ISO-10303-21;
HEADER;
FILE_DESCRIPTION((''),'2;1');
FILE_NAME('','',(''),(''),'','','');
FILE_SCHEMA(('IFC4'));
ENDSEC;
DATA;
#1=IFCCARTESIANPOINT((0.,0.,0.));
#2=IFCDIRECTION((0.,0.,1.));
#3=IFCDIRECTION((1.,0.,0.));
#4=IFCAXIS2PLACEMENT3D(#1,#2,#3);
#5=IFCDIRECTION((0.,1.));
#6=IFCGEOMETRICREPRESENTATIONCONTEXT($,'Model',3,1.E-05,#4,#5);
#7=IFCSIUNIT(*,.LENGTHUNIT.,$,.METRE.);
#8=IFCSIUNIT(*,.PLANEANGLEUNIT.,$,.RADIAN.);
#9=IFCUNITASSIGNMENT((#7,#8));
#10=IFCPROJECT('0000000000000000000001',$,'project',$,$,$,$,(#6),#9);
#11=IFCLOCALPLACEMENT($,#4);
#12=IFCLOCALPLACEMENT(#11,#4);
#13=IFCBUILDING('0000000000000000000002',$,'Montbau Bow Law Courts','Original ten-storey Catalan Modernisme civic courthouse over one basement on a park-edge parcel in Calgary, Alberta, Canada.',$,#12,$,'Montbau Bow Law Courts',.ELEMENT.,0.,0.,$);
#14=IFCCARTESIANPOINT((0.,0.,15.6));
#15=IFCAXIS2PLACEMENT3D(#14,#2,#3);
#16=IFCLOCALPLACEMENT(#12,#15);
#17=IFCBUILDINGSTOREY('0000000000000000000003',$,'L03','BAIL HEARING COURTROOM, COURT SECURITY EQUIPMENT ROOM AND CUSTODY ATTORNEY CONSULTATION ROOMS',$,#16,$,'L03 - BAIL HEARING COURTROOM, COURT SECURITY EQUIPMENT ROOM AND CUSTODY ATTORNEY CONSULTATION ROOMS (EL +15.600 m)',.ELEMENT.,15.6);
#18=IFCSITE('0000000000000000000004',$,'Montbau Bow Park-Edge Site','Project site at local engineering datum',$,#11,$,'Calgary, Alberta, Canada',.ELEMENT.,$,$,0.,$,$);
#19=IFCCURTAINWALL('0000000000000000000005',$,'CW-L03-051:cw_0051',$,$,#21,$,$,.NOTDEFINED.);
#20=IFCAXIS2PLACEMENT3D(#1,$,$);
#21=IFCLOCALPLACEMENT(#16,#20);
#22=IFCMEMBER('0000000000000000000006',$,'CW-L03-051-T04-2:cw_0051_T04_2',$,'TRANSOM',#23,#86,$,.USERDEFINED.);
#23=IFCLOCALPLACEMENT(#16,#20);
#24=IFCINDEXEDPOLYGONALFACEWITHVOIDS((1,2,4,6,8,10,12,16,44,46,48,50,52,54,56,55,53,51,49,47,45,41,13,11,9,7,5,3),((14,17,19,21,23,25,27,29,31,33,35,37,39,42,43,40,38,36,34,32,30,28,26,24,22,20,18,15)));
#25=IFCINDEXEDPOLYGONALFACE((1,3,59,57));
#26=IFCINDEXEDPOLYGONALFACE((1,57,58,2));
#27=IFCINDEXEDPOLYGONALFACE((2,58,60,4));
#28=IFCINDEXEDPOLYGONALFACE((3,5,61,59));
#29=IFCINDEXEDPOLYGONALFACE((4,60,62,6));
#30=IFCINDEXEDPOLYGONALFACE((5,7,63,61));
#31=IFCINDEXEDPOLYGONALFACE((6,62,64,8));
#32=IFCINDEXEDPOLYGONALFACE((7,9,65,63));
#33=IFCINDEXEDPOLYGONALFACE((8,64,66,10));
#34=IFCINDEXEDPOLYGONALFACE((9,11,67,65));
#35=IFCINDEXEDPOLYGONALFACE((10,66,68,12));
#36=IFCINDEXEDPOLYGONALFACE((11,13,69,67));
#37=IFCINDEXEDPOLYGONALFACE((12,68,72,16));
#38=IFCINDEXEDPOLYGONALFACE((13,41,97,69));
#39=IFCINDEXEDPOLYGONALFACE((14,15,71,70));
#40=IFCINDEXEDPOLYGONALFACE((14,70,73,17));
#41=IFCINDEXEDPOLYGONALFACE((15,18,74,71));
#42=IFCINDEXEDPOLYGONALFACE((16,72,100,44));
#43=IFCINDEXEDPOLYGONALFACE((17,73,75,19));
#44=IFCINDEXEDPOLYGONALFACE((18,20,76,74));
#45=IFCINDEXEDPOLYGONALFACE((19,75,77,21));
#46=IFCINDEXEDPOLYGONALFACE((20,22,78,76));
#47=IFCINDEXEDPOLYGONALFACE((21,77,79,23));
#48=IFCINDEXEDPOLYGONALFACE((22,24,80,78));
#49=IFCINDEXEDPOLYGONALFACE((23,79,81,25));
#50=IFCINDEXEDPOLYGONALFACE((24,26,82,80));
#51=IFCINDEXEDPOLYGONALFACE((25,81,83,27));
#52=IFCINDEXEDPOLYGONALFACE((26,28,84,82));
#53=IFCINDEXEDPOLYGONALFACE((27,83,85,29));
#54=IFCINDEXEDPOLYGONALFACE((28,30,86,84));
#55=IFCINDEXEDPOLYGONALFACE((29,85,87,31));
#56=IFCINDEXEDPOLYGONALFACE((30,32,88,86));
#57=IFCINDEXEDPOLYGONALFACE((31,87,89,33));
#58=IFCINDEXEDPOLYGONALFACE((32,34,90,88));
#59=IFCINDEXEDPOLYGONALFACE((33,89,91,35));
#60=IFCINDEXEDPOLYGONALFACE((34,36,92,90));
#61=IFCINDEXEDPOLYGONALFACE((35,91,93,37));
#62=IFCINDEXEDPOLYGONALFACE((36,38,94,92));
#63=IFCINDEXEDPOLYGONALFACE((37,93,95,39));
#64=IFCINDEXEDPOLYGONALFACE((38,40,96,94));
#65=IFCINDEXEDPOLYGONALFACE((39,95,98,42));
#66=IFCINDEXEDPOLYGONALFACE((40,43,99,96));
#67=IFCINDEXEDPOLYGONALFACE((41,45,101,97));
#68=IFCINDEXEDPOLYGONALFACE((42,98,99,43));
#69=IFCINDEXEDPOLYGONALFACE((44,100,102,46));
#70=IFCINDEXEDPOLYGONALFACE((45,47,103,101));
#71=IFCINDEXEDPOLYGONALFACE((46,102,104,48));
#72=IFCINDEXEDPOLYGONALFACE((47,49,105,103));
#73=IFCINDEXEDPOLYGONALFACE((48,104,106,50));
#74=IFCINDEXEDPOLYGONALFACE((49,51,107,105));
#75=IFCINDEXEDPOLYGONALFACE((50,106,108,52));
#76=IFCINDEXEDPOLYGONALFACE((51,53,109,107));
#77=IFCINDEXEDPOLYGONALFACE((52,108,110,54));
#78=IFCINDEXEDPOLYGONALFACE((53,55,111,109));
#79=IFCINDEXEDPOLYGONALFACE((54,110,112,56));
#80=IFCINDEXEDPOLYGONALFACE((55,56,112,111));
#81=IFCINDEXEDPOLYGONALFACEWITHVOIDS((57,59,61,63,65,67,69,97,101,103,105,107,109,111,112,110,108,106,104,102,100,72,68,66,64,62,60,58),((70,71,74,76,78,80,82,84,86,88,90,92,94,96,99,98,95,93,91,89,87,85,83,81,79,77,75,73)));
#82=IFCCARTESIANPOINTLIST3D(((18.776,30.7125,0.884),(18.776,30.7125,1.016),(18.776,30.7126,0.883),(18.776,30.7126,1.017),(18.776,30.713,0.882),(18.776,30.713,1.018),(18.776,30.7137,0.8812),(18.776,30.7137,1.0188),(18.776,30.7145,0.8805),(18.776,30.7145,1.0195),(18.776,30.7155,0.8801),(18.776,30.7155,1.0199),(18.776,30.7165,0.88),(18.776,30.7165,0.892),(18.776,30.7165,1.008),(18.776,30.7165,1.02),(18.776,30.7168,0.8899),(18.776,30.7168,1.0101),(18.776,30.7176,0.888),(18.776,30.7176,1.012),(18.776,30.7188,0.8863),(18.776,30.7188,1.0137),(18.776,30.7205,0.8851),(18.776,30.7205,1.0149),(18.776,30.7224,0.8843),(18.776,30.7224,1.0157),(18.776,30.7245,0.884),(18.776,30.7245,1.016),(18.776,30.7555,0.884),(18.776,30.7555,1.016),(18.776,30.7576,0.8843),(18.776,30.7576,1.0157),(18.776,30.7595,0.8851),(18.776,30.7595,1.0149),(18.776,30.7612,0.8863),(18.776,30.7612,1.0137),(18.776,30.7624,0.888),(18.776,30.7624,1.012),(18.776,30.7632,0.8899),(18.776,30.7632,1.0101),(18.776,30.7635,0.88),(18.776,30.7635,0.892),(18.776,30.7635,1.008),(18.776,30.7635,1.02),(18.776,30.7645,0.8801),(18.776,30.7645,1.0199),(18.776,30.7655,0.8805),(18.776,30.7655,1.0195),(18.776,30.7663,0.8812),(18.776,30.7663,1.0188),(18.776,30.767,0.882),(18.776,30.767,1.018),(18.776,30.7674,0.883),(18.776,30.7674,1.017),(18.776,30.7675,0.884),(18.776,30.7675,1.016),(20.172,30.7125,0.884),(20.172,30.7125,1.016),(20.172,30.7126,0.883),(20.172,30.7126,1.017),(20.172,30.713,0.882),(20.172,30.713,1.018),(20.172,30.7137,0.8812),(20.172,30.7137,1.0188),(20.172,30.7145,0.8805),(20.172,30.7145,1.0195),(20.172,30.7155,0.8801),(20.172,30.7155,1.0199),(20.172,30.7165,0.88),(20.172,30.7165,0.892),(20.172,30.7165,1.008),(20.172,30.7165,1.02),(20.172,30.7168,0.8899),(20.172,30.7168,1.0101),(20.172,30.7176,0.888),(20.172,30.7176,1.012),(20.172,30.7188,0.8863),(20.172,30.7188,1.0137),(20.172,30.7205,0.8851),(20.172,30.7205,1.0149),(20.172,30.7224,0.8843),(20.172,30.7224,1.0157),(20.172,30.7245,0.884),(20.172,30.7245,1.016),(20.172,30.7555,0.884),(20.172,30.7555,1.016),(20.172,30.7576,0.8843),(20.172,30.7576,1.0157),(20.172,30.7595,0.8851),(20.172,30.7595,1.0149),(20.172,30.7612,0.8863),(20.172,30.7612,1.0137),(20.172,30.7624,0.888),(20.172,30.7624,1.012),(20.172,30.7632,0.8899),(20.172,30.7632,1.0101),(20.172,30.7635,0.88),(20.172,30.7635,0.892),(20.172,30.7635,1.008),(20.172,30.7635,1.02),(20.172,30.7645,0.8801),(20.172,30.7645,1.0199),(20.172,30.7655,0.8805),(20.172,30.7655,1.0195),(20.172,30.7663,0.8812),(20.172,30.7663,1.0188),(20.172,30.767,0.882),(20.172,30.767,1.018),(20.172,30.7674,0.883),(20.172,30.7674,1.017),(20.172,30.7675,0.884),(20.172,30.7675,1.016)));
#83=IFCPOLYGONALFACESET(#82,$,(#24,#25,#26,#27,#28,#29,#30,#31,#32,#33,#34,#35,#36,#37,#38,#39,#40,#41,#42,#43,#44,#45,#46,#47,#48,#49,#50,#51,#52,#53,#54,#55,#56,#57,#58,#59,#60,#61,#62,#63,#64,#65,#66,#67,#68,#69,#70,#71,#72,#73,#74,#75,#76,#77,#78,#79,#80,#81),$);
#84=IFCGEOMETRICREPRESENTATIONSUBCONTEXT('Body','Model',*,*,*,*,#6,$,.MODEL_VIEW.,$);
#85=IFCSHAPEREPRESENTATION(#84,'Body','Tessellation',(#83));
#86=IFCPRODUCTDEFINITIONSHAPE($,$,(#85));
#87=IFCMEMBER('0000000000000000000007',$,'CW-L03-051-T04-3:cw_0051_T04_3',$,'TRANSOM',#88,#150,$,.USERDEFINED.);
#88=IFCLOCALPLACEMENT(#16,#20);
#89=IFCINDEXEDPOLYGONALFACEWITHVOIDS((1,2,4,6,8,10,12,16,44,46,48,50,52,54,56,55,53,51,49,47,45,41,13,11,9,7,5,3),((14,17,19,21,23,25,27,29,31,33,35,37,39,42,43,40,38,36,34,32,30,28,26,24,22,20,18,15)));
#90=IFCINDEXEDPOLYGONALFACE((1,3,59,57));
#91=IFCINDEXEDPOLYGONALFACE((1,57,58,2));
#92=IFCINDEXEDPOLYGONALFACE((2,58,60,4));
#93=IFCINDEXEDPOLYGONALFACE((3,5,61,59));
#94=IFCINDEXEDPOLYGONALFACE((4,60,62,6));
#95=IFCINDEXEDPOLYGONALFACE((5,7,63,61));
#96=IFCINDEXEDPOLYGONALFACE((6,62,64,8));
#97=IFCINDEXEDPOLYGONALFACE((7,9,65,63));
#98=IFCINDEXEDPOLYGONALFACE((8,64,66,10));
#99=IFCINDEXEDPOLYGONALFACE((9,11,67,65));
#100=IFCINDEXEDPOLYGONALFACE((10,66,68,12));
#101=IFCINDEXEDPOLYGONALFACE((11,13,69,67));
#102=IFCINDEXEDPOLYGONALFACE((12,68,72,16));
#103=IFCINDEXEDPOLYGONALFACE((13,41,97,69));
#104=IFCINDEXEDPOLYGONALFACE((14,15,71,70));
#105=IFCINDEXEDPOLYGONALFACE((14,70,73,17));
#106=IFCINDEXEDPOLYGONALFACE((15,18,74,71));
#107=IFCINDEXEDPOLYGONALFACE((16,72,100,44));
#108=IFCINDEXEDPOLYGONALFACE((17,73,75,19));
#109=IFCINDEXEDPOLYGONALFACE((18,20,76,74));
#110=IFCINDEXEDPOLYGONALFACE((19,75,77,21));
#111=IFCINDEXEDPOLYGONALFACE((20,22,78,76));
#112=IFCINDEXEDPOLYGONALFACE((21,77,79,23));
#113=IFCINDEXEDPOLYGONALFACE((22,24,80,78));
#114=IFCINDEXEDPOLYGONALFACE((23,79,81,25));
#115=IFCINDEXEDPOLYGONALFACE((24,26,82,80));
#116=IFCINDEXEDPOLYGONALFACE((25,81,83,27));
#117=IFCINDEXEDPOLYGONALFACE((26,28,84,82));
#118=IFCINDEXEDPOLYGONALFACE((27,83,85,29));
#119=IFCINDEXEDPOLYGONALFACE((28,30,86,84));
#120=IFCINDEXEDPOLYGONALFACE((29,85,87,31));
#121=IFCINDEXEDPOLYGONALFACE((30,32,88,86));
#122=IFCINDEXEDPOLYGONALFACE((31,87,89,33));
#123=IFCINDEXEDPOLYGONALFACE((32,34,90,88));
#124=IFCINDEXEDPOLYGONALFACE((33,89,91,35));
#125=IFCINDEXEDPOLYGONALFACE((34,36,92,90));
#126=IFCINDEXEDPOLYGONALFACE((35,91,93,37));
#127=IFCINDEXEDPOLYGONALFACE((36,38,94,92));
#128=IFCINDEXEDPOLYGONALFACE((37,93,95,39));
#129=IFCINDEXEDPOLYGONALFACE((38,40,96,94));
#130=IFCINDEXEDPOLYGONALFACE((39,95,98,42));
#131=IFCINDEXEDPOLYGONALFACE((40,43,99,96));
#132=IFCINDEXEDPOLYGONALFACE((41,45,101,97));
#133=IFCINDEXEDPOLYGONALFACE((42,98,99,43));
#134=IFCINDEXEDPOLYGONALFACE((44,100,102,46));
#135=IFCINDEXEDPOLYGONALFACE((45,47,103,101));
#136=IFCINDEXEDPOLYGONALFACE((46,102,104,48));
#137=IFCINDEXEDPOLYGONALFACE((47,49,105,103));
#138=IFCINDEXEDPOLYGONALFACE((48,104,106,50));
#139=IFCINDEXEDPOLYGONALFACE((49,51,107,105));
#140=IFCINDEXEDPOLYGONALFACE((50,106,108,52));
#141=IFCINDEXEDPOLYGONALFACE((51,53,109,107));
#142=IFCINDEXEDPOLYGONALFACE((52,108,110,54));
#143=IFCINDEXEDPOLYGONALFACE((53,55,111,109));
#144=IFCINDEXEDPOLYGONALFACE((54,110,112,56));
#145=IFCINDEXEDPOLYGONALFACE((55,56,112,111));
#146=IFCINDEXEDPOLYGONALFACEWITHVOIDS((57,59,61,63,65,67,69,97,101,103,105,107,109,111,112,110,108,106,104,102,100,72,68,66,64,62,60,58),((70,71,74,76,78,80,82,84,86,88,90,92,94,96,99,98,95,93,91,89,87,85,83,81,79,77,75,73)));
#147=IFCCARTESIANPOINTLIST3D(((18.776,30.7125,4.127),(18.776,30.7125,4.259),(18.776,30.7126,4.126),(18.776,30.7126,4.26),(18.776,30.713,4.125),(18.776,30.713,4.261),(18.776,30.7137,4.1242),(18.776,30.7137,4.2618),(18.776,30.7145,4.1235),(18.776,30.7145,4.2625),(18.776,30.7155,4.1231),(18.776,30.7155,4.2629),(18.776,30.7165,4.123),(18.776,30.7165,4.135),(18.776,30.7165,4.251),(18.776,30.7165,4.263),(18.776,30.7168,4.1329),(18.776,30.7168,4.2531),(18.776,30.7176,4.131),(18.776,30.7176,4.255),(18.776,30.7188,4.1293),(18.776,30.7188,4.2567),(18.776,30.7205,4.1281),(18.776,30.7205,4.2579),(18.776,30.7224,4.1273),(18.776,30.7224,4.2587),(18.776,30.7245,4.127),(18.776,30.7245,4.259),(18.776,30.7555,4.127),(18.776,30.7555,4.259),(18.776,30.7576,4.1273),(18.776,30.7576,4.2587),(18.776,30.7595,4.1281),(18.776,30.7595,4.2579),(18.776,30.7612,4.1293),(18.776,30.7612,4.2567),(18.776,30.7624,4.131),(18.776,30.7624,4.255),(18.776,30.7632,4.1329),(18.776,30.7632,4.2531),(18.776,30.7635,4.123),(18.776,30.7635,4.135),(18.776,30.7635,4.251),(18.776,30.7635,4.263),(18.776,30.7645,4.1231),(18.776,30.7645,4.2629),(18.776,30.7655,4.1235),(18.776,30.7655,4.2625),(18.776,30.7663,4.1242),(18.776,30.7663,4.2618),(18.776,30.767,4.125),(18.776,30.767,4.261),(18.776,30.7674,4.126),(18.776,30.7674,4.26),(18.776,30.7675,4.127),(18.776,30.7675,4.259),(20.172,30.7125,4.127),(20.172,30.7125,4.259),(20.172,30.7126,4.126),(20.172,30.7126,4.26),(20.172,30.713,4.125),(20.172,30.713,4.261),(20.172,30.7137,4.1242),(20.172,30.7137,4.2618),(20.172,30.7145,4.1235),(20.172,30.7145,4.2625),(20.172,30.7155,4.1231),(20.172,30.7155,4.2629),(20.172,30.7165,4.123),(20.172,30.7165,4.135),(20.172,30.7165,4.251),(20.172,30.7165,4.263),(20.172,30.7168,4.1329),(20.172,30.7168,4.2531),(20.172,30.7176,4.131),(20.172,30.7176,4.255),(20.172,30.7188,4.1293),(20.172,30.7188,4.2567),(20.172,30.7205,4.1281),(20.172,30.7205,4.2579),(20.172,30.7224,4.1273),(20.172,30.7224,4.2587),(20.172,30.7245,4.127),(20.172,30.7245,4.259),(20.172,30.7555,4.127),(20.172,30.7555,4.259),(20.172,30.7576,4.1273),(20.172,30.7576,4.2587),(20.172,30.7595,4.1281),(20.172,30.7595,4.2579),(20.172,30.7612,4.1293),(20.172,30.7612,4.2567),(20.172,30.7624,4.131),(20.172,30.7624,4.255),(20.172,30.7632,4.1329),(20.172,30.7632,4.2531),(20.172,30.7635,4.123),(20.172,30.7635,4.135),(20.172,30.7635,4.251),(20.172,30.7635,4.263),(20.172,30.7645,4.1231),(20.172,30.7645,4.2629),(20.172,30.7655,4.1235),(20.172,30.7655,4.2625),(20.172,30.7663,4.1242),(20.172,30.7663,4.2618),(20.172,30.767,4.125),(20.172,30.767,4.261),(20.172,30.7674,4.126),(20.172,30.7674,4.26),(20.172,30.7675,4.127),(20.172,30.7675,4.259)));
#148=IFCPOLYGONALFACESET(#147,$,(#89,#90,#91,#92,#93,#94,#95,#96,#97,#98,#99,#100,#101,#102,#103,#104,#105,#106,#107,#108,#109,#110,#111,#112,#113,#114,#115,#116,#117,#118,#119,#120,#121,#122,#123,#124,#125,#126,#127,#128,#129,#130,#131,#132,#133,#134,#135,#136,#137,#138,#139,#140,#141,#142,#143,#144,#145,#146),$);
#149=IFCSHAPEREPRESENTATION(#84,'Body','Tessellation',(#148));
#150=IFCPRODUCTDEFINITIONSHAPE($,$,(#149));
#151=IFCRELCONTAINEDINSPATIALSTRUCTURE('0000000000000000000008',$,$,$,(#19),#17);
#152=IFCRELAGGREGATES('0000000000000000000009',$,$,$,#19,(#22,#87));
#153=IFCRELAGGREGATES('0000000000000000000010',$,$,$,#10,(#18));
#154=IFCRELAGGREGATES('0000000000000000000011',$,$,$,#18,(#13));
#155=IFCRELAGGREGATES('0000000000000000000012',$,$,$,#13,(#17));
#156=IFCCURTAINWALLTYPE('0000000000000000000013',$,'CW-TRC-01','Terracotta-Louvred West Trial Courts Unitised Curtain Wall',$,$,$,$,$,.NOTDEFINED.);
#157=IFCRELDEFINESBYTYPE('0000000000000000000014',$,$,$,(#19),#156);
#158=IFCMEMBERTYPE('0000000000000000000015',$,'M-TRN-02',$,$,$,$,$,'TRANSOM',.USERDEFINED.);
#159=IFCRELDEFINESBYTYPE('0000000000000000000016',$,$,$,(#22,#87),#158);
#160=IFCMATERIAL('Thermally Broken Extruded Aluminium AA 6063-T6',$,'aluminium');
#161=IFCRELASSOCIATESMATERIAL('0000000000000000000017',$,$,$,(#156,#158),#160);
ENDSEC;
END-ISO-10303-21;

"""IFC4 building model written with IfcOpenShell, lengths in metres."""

from ifc_helpers import new_model, si_unit, direction, frame, origin_with_axes, origin_2d_with_axis, place, context, subcontext, project, spatial, hollow_rectangle, extrude, material, material_profile, profile_set, type_object, element, aggregate, save


model = new_model("IFC4")

# Units and contexts
model_context = context("Model", 3, precision=1e-05, world=origin_with_axes(), true_north=direction((0.0, 1.0)))
body_context = subcontext(model_context, "Body", "Model", "MODEL_VIEW")
ifc_project = project(units=[si_unit("LENGTHUNIT", "METRE"), si_unit("PLANEANGLEUNIT", "RADIAN")], contexts=[model_context])

# Site, building, storey
site_placement = place(None, origin_with_axes())
site = spatial("IfcSite", under=ifc_project, at=site_placement, Name="Montbau Bow Park-Edge Site", Description="Project site at local engineering datum", LongName="Calgary, Alberta, Canada", CompositionType="ELEMENT", RefElevation=0.0)
building_placement = place(site_placement, origin_with_axes())
building = spatial("IfcBuilding", under=site, at=building_placement, Name="Montbau Bow Law Courts", Description="Original ten-storey Catalan Modernisme civic courthouse over one basement on a park-edge parcel in Calgary, Alberta, Canada.", LongName="Montbau Bow Law Courts", CompositionType="ELEMENT", ElevationOfRefHeight=0.0, ElevationOfTerrain=0.0)
storey_placement = place(building_placement, frame((0.0, 0.0, 15.6), z_axis=(0.0, 0.0, 1.0), x_axis=(1.0, 0.0, 0.0)))
storey = spatial("IfcBuildingStorey", under=building, at=storey_placement, Name="L03", Description="BAIL HEARING COURTROOM, COURT SECURITY EQUIPMENT ROOM AND CUSTODY ATTORNEY CONSULTATION ROOMS", LongName="L03 - BAIL HEARING COURTROOM, COURT SECURITY EQUIPMENT ROOM AND CUSTODY ATTORNEY CONSULTATION ROOMS (EL +15.600 m)", CompositionType="ELEMENT", Elevation=15.6)

# Curtain wall
ifc_material_1 = material(Name="Thermally Broken Extruded Aluminium AA 6063-T6", Category="aluminium")
curtain_wall_type = type_object("IfcCurtainWallType", Name="CW-TRC-01", Description="Terracotta-Louvred West Trial Courts Unitised Curtain Wall", PredefinedType="NOTDEFINED", material=ifc_material_1)
curtain_wall_1_placement = place(None, frame((14.315, 30.74, 15.6), z_axis=(0.0, 0.0, 1.0), x_axis=(1.0, 0.0, 0.0)))
curtain_wall_1 = element("IfcCurtainWall", 1, at=curtain_wall_1_placement, inside=storey, type_object=curtain_wall_type, Name="CW-L03-051:cw_0051", PredefinedType="NOTDEFINED")

# Members
ifc_material_profile_1 = material_profile(ifc_material_1, hollow_rectangle(XDim=0.055, YDim=0.14, WallThickness=0.004, InnerFilletRadius=0.008, OuterFilletRadius=0.004, at=origin_2d_with_axis()), Name="CWT-140X55", Category="Main", Priority=0)
ifc_profile_set_1 = profile_set([ifc_material_profile_1], Name="Thermally Broken Extruded Aluminium AA 6063-T6")
member_type_1 = type_object("IfcMemberType", Name="M-TRN-02", ElementType="TRANSOM", PredefinedType="USERDEFINED", material=ifc_profile_set_1)
member_1_placement = place(None, frame((18.776, 30.74, 16.55), z_axis=(1.0, 0.0, 0.0), x_axis=(0.0, 1.0, 0.0)))
member_1 = element("IfcMember", 2, at=member_1_placement, type_object=member_type_1, Name="CW-L03-051-T04-2:cw_0051_T04_2", ObjectType="TRANSOM", PredefinedType="USERDEFINED", context=body_context, shape_type="SweptSolid", body=[
    extrude(hollow_rectangle(XDim=0.055, YDim=0.14, WallThickness=0.004, InnerFilletRadius=0.008, OuterFilletRadius=0.004, at=origin_2d_with_axis()), origin_with_axes(), (0.0, 0.0, 1.0), 1.396),
])
member_2_placement = place(None, frame((18.776, 30.74, 19.793), z_axis=(1.0, 0.0, 0.0), x_axis=(0.0, 1.0, 0.0)))
member_2 = element("IfcMember", 3, at=member_2_placement, type_object=member_type_1, Name="CW-L03-051-T04-3:cw_0051_T04_3", ObjectType="TRANSOM", PredefinedType="USERDEFINED", context=body_context, shape_type="SweptSolid", body=[
    extrude(hollow_rectangle(XDim=0.055, YDim=0.14, WallThickness=0.004, InnerFilletRadius=0.008, OuterFilletRadius=0.004, at=origin_2d_with_axis()), origin_with_axes(), (0.0, 0.0, 1.0), 1.396),
])

aggregate(curtain_wall_1, [member_1, member_2])

save(model, "model.ifc")
